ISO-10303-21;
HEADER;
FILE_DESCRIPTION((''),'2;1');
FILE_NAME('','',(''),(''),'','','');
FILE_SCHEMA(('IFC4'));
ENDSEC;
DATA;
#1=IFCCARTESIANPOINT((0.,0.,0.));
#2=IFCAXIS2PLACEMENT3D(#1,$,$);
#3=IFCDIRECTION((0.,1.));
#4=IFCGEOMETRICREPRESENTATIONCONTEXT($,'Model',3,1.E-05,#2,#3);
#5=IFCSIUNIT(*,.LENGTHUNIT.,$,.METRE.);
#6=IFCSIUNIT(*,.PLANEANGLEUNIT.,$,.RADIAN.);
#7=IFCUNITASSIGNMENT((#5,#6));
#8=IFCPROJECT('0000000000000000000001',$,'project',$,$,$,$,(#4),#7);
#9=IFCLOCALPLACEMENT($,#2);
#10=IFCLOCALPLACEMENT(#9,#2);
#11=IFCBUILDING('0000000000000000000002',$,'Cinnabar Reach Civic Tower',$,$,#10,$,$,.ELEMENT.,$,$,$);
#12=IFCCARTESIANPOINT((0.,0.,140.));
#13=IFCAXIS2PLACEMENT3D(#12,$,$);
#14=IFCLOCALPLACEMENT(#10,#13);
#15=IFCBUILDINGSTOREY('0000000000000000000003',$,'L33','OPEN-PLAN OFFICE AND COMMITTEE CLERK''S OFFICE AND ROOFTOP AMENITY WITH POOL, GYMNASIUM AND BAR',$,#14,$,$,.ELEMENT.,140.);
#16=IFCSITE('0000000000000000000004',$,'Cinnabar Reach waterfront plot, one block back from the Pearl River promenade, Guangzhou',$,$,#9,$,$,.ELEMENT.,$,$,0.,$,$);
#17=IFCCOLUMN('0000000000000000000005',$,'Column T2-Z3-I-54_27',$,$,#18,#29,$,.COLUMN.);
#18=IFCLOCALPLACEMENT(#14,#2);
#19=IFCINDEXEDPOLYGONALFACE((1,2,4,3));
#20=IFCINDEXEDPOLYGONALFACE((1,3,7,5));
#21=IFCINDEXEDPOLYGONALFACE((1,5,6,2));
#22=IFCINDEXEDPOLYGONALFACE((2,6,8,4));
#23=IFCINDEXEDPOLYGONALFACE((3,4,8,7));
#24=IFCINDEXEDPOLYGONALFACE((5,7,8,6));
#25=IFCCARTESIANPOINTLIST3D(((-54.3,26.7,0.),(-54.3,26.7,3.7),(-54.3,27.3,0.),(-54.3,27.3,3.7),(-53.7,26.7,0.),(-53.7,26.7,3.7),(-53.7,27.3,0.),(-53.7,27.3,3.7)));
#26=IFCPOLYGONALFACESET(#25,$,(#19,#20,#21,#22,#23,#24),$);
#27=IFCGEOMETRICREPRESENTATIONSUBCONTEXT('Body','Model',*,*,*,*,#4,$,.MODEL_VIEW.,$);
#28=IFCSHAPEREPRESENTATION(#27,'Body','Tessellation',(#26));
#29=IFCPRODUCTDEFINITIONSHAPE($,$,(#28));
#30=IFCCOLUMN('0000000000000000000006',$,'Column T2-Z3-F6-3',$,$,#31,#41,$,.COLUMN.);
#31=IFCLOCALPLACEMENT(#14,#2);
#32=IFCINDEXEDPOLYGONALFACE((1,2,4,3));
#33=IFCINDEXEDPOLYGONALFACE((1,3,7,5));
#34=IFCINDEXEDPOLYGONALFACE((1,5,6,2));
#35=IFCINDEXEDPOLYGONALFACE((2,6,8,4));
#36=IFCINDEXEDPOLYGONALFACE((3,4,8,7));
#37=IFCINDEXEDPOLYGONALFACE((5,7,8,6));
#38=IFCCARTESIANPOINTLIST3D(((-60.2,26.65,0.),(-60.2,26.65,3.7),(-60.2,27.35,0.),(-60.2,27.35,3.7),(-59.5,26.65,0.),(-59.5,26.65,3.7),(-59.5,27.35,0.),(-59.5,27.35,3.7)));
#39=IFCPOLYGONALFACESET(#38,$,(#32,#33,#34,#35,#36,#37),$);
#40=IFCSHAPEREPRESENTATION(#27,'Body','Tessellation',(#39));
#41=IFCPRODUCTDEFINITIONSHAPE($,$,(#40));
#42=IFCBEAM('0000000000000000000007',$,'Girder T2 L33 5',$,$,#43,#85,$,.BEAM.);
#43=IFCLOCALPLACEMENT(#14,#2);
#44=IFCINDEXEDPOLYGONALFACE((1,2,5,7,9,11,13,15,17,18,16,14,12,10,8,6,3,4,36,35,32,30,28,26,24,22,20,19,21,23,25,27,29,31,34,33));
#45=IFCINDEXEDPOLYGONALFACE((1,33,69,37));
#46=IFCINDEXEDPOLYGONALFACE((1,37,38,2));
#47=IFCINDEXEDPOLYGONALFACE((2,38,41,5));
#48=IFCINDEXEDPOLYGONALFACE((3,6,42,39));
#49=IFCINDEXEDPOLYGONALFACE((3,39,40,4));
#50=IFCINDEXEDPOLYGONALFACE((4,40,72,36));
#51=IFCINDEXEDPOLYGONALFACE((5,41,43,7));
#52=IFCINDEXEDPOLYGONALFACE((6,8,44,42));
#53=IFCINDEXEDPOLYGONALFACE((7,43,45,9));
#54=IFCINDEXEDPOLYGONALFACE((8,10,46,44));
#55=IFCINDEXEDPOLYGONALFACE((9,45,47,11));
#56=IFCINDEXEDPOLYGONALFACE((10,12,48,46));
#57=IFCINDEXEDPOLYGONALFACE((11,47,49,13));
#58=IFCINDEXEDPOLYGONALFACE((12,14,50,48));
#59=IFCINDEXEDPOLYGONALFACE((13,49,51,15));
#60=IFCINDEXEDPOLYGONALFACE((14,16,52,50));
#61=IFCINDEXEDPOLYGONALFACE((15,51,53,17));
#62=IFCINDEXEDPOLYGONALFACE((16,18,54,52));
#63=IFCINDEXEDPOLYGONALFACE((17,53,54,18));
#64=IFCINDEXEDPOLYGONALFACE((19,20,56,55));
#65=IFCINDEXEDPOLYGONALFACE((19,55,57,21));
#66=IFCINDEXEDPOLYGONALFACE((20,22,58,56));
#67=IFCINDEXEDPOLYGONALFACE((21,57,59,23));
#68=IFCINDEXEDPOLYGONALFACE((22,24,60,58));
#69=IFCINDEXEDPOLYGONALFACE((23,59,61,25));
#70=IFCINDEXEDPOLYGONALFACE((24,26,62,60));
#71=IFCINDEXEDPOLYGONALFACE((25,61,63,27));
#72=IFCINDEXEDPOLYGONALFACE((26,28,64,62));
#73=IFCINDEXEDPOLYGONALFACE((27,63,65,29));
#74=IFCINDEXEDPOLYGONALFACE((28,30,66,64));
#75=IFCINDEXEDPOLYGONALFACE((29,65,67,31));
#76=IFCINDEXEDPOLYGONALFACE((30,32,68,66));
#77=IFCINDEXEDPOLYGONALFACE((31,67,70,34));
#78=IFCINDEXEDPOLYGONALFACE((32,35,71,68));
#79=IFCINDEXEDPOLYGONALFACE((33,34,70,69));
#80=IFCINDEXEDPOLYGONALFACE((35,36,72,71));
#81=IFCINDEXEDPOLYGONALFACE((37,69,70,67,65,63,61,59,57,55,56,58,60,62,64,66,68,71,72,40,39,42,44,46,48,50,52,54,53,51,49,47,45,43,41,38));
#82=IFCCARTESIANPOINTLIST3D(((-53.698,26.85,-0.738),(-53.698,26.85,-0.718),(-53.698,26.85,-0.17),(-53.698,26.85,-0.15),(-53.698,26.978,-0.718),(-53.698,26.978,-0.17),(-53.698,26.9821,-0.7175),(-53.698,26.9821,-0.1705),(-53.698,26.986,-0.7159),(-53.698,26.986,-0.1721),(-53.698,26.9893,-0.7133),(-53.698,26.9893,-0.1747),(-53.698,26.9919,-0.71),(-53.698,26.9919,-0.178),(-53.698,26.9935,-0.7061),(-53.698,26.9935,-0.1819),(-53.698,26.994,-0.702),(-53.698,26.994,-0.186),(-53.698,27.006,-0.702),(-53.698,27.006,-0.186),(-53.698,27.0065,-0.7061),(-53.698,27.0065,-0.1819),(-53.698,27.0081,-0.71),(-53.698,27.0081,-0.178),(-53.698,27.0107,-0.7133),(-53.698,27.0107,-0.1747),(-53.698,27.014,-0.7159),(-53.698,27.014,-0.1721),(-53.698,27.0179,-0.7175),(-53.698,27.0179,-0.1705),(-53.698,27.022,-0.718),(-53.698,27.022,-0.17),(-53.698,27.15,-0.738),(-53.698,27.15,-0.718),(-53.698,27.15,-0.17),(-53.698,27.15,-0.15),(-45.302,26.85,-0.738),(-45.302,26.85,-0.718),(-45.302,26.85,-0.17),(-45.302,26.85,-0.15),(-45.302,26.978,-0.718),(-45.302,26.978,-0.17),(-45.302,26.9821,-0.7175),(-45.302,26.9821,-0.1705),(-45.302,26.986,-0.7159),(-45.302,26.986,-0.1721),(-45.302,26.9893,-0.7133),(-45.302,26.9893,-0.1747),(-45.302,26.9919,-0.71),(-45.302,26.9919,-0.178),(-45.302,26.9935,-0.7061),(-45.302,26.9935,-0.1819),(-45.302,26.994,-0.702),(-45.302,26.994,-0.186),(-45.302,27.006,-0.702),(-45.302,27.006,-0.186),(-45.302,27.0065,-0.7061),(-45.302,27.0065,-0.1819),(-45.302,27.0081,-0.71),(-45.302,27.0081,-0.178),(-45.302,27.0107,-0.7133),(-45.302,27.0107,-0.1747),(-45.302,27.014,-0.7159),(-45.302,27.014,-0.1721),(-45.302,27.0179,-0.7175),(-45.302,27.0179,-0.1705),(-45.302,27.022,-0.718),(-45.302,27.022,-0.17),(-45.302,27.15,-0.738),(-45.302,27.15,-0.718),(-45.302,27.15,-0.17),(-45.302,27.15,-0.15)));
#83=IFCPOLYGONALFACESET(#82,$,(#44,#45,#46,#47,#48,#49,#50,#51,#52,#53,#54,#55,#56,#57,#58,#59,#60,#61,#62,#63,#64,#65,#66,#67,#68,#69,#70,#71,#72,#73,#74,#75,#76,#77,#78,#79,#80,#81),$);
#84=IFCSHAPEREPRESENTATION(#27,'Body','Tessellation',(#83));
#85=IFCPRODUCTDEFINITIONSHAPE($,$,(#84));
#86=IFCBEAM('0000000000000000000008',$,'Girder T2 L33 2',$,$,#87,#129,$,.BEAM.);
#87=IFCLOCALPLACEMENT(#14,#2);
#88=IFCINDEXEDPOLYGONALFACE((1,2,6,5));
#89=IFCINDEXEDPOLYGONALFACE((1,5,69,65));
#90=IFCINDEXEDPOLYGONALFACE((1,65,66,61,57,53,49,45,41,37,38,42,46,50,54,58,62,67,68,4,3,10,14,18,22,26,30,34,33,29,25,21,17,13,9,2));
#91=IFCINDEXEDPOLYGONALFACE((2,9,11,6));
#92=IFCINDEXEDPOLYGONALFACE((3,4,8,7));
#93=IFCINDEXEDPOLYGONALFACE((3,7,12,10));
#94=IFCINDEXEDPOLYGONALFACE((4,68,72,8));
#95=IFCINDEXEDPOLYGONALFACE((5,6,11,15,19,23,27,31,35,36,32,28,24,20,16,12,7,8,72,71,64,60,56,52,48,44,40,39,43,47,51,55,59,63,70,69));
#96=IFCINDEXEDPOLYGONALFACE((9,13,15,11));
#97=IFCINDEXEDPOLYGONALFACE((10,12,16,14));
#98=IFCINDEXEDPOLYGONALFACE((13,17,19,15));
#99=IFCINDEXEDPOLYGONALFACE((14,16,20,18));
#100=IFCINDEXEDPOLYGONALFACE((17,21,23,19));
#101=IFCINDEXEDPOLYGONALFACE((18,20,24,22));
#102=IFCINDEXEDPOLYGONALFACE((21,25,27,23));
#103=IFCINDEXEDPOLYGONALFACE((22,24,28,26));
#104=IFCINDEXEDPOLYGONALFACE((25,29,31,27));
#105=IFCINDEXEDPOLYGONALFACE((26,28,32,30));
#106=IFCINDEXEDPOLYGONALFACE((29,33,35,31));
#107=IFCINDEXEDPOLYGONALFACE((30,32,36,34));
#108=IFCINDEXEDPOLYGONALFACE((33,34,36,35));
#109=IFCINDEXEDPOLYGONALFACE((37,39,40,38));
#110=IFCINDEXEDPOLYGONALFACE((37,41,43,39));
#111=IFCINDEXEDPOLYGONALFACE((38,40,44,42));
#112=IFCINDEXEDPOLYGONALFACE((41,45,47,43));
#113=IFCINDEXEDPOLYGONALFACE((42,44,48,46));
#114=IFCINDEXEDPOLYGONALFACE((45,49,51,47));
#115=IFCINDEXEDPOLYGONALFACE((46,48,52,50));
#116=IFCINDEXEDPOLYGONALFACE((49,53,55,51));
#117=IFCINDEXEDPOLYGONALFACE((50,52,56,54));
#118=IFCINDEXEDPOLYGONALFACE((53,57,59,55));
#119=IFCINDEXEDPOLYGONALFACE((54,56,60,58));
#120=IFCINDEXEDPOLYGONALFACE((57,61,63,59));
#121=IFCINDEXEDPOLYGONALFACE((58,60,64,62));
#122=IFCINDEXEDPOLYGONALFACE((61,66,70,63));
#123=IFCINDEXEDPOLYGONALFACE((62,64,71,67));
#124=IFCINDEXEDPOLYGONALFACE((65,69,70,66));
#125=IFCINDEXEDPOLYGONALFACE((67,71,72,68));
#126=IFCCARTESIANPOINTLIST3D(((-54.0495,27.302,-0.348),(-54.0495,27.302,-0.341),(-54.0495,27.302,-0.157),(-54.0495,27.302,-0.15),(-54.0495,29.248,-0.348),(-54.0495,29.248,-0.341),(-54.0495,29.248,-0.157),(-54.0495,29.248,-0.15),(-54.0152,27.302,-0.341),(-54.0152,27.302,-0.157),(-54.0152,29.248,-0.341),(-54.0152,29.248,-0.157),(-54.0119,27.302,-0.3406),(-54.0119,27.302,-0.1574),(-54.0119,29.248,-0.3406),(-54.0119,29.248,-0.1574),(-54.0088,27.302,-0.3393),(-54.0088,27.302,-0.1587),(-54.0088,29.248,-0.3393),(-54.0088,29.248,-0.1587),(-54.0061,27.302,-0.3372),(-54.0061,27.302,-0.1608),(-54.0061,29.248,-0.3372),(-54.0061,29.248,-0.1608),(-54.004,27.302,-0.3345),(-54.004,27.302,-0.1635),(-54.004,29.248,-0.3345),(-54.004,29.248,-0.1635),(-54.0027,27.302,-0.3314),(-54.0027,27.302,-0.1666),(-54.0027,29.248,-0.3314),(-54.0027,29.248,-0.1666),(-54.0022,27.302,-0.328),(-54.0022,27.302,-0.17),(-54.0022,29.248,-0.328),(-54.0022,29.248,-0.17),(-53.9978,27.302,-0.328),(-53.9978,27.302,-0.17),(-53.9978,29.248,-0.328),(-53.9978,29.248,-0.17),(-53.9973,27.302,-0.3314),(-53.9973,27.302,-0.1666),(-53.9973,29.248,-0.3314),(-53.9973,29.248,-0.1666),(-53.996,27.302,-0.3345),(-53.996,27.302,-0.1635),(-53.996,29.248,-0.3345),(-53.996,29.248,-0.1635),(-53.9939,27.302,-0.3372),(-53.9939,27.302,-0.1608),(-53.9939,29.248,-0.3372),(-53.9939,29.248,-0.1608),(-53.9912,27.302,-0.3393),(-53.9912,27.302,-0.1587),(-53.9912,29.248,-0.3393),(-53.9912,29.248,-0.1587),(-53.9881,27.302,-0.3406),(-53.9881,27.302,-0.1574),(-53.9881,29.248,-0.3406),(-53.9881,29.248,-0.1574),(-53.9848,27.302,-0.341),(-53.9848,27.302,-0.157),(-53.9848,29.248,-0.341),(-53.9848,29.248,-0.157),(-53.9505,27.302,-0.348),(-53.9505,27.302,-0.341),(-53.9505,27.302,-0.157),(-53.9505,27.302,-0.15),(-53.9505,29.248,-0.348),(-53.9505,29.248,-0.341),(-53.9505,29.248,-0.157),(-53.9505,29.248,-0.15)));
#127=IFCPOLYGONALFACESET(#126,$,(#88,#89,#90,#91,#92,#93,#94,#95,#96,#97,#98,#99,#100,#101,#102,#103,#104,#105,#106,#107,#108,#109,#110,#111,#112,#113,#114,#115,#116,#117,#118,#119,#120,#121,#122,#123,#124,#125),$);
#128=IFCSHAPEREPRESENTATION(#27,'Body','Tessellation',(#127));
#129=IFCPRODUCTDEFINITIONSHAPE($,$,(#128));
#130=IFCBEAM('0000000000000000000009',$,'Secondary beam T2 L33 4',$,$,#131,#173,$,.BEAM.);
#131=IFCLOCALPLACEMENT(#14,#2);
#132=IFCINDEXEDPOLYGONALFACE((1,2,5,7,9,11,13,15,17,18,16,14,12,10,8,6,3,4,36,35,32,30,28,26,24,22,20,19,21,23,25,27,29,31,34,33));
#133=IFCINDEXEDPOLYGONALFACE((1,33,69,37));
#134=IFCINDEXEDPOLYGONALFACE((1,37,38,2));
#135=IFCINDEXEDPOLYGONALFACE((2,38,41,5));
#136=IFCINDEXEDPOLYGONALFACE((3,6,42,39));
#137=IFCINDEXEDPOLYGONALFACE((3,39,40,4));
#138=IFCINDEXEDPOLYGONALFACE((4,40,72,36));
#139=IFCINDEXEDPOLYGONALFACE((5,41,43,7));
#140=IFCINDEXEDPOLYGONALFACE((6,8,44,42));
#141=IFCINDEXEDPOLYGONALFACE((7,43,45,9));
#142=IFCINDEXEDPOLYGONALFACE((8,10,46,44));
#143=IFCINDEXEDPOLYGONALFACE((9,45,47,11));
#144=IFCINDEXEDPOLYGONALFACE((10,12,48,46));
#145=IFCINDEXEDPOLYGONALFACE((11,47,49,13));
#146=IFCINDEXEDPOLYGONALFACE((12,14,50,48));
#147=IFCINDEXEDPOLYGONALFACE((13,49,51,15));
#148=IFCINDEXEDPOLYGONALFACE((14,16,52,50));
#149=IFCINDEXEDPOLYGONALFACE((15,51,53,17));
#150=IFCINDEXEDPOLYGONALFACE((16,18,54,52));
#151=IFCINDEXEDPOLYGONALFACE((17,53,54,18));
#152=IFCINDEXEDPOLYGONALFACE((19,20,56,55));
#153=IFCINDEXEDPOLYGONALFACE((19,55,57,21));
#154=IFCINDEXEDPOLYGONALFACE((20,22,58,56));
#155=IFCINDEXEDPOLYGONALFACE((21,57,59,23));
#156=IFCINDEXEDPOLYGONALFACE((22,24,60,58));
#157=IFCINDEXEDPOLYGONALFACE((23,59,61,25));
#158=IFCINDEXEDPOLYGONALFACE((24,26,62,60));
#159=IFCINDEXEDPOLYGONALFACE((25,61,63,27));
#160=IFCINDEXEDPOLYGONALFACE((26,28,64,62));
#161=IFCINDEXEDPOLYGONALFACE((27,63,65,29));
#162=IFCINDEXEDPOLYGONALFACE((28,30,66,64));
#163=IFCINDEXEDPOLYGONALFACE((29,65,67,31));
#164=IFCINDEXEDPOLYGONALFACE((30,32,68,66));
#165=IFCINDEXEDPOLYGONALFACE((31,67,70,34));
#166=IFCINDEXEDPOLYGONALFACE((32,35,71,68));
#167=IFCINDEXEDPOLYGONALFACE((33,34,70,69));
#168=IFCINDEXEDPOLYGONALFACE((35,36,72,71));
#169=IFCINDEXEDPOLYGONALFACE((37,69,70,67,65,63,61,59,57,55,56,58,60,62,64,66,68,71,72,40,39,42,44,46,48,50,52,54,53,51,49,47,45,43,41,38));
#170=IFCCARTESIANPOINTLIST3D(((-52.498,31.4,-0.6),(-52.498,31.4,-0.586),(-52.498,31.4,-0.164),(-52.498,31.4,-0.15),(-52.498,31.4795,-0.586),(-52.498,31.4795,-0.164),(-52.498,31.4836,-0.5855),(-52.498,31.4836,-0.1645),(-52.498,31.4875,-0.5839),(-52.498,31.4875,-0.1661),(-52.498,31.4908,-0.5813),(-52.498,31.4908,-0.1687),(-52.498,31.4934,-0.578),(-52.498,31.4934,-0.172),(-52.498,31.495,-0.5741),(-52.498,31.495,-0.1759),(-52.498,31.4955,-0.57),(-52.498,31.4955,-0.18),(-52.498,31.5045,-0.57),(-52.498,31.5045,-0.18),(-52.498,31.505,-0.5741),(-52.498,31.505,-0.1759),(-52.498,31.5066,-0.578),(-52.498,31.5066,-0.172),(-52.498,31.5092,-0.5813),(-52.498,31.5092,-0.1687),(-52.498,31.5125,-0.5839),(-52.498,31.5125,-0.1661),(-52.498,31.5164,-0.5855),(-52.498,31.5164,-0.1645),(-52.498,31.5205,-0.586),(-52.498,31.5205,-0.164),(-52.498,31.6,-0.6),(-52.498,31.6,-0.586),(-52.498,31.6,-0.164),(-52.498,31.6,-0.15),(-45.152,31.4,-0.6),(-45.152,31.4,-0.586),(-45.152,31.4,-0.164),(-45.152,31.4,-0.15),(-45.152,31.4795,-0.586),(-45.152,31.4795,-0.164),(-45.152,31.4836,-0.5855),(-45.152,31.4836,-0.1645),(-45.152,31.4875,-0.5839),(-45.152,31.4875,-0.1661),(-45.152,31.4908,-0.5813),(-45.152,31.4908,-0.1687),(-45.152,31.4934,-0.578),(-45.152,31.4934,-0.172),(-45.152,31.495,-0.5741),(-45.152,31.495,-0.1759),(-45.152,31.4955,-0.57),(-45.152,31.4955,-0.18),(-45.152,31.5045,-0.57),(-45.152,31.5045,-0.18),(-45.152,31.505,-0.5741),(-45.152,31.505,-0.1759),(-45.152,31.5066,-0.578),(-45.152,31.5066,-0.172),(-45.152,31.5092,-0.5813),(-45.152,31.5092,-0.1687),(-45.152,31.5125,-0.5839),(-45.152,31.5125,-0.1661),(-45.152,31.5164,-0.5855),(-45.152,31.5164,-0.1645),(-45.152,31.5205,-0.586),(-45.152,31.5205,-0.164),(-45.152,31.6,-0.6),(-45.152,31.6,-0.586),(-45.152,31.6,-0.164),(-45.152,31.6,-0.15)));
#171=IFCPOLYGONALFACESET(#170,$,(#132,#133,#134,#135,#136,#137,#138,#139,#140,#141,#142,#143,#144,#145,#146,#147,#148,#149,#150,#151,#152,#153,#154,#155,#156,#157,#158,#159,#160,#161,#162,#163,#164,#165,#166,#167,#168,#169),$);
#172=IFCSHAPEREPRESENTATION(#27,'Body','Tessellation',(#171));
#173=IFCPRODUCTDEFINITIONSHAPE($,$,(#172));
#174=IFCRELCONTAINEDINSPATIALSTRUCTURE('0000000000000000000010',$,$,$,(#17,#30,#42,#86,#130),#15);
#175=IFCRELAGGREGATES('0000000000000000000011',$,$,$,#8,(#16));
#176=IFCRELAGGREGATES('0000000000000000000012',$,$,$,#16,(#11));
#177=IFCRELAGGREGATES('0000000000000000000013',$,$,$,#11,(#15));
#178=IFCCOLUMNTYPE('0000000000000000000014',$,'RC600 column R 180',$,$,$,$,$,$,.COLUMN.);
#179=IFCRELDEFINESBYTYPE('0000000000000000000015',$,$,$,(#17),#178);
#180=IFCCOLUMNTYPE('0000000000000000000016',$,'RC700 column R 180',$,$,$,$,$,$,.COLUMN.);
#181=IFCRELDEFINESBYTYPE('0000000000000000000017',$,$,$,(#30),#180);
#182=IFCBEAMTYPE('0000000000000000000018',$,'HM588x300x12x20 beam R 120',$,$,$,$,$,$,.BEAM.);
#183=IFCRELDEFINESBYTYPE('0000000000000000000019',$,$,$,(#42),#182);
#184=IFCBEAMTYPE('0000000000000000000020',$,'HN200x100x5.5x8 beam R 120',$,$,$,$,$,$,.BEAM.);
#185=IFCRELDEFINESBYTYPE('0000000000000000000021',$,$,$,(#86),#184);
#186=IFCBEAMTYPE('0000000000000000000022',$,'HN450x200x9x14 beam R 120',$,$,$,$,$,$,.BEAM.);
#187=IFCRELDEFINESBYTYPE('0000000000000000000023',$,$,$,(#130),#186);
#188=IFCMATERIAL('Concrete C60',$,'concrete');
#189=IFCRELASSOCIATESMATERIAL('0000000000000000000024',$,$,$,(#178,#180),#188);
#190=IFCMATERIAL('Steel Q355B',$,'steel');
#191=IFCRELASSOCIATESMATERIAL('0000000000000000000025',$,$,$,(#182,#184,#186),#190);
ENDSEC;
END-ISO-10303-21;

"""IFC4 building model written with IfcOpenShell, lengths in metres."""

from ifc_helpers import new_model, si_unit, direction, frame, origin, origin_2d, place, context, subcontext, project, spatial, rectangle, i_section, extrude, material, material_profile, profile_set, type_object, element, save


model = new_model("IFC4")

# Units and contexts
model_context = context("Model", 3, precision=1e-05, world=origin(), true_north=direction((0.0, 1.0)))
body_context = subcontext(model_context, "Body", "Model", "MODEL_VIEW")
ifc_project = project(units=[si_unit("LENGTHUNIT", "METRE"), si_unit("PLANEANGLEUNIT", "RADIAN")], contexts=[model_context])

# Site, building, storey
site_placement = place(None, origin())
site = spatial("IfcSite", under=ifc_project, at=site_placement, Name="Cinnabar Reach waterfront plot, one block back from the Pearl River promenade, Guangzhou", CompositionType="ELEMENT", RefElevation=0.0)
building_placement = place(site_placement, origin())
building = spatial("IfcBuilding", under=site, at=building_placement, Name="Cinnabar Reach Civic Tower", CompositionType="ELEMENT")
storey_placement = place(building_placement, frame((0.0, 0.0, 140.0)))
storey = spatial("IfcBuildingStorey", under=building, at=storey_placement, Name="L33", Description="OPEN-PLAN OFFICE AND COMMITTEE CLERK'S OFFICE AND ROOFTOP AMENITY WITH POOL, GYMNASIUM AND BAR", CompositionType="ELEMENT", Elevation=140.0)

# Columns
ifc_material_1 = material(Name="Concrete C60", Category="concrete")
ifc_material_profile_1 = material_profile(ifc_material_1, rectangle(XDim=0.6, YDim=0.6, at=origin_2d()), Name="RC600")
ifc_profile_set_1 = profile_set([ifc_material_profile_1], Name="Concrete C60")
column_type_1 = type_object("IfcColumnType", Name="RC600 column R 180", PredefinedType="COLUMN", material=ifc_profile_set_1)
column_1_placement = place(storey_placement, frame((-54.0, 27.0, 0.0), z_axis=(0.0, 0.0, 1.0), x_axis=(1.0, 0.0, 0.0)))
element("IfcColumn", 1, at=column_1_placement, inside=storey, type_object=column_type_1, Name="Column T2-Z3-I-54_27", PredefinedType="COLUMN", context=body_context, shape_type="SweptSolid", body=[
    extrude(rectangle(XDim=0.6, YDim=0.6, at=origin_2d()), origin(), (0.0, 0.0, 1.0), 3.7),
])
ifc_material_profile_2 = material_profile(ifc_material_1, rectangle(XDim=0.7, YDim=0.7, at=origin_2d()), Name="RC700")
ifc_profile_set_2 = profile_set([ifc_material_profile_2], Name="Concrete C60")
column_type_2 = type_object("IfcColumnType", Name="RC700 column R 180", PredefinedType="COLUMN", material=ifc_profile_set_2)
column_2_placement = place(storey_placement, frame((-59.85, 27.0, 0.0), z_axis=(0.0, 0.0, 1.0), x_axis=(1.0, 0.0, 0.0)))
element("IfcColumn", 2, at=column_2_placement, inside=storey, type_object=column_type_2, Name="Column T2-Z3-F6-3", PredefinedType="COLUMN", context=body_context, shape_type="SweptSolid", body=[
    extrude(rectangle(XDim=0.7, YDim=0.7, at=origin_2d()), origin(), (0.0, 0.0, 1.0), 3.7),
])

# Beams
ifc_material_2 = material(Name="Steel Q355B", Category="steel")
ifc_material_profile_3 = material_profile(ifc_material_2, i_section(OverallWidth=0.3, OverallDepth=0.588, WebThickness=0.012, FlangeThickness=0.02, FilletRadius=0.016, at=origin_2d()), Name="HM588x300x12x20")
ifc_profile_set_3 = profile_set([ifc_material_profile_3], Name="Steel Q355B")
beam_type_1 = type_object("IfcBeamType", Name="HM588x300x12x20 beam R 120", PredefinedType="BEAM", material=ifc_profile_set_3)
beam_1_placement = place(storey_placement, frame((-53.698, 27.0, -0.444), z_axis=(1.0, 0.0, 0.0), x_axis=(0.0, 1.0, 0.0)))
element("IfcBeam", 3, at=beam_1_placement, inside=storey, type_object=beam_type_1, Name="Girder T2 L33 5", PredefinedType="BEAM", context=body_context, shape_type="SweptSolid", body=[
    extrude(i_section(OverallWidth=0.3, OverallDepth=0.588, WebThickness=0.012, FlangeThickness=0.02, FilletRadius=0.016, at=origin_2d()), origin(), (0.0, 0.0, 1.0), 8.396),
])
ifc_material_profile_4 = material_profile(ifc_material_2, i_section(OverallWidth=0.099, OverallDepth=0.198, WebThickness=0.0045, FlangeThickness=0.007, FilletRadius=0.013, at=origin_2d()), Name="HN200x100x5.5x8")
ifc_profile_set_4 = profile_set([ifc_material_profile_4], Name="Steel Q355B")
beam_type_2 = type_object("IfcBeamType", Name="HN200x100x5.5x8 beam R 120", PredefinedType="BEAM", material=ifc_profile_set_4)
beam_2_placement = place(storey_placement, frame((-54.0, 27.302, -0.249), z_axis=(0.0, 1.0, 0.0), x_axis=(-1.0, 0.0, 0.0)))
element("IfcBeam", 4, at=beam_2_placement, inside=storey, type_object=beam_type_2, Name="Girder T2 L33 2", PredefinedType="BEAM", context=body_context, shape_type="SweptSolid", body=[
    extrude(i_section(OverallWidth=0.099, OverallDepth=0.198, WebThickness=0.0045, FlangeThickness=0.007, FilletRadius=0.013, at=origin_2d()), origin(), (0.0, 0.0, 1.0), 1.946),
])
ifc_material_profile_5 = material_profile(ifc_material_2, i_section(OverallWidth=0.2, OverallDepth=0.45, WebThickness=0.009, FlangeThickness=0.014, FilletRadius=0.016, at=origin_2d()), Name="HN450x200x9x14")
ifc_profile_set_5 = profile_set([ifc_material_profile_5], Name="Steel Q355B")
beam_type_3 = type_object("IfcBeamType", Name="HN450x200x9x14 beam R 120", PredefinedType="BEAM", material=ifc_profile_set_5)
beam_3_placement = place(storey_placement, frame((-52.498, 31.5, -0.375), z_axis=(1.0, 0.0, 0.0), x_axis=(0.0, 1.0, 0.0)))
element("IfcBeam", 5, at=beam_3_placement, inside=storey, type_object=beam_type_3, Name="Secondary beam T2 L33 4", PredefinedType="BEAM", context=body_context, shape_type="SweptSolid", body=[
    extrude(i_section(OverallWidth=0.2, OverallDepth=0.45, WebThickness=0.009, FlangeThickness=0.014, FilletRadius=0.016, at=origin_2d()), origin(), (0.0, 0.0, 1.0), 7.346),
])

save(model, "model.ifc")
